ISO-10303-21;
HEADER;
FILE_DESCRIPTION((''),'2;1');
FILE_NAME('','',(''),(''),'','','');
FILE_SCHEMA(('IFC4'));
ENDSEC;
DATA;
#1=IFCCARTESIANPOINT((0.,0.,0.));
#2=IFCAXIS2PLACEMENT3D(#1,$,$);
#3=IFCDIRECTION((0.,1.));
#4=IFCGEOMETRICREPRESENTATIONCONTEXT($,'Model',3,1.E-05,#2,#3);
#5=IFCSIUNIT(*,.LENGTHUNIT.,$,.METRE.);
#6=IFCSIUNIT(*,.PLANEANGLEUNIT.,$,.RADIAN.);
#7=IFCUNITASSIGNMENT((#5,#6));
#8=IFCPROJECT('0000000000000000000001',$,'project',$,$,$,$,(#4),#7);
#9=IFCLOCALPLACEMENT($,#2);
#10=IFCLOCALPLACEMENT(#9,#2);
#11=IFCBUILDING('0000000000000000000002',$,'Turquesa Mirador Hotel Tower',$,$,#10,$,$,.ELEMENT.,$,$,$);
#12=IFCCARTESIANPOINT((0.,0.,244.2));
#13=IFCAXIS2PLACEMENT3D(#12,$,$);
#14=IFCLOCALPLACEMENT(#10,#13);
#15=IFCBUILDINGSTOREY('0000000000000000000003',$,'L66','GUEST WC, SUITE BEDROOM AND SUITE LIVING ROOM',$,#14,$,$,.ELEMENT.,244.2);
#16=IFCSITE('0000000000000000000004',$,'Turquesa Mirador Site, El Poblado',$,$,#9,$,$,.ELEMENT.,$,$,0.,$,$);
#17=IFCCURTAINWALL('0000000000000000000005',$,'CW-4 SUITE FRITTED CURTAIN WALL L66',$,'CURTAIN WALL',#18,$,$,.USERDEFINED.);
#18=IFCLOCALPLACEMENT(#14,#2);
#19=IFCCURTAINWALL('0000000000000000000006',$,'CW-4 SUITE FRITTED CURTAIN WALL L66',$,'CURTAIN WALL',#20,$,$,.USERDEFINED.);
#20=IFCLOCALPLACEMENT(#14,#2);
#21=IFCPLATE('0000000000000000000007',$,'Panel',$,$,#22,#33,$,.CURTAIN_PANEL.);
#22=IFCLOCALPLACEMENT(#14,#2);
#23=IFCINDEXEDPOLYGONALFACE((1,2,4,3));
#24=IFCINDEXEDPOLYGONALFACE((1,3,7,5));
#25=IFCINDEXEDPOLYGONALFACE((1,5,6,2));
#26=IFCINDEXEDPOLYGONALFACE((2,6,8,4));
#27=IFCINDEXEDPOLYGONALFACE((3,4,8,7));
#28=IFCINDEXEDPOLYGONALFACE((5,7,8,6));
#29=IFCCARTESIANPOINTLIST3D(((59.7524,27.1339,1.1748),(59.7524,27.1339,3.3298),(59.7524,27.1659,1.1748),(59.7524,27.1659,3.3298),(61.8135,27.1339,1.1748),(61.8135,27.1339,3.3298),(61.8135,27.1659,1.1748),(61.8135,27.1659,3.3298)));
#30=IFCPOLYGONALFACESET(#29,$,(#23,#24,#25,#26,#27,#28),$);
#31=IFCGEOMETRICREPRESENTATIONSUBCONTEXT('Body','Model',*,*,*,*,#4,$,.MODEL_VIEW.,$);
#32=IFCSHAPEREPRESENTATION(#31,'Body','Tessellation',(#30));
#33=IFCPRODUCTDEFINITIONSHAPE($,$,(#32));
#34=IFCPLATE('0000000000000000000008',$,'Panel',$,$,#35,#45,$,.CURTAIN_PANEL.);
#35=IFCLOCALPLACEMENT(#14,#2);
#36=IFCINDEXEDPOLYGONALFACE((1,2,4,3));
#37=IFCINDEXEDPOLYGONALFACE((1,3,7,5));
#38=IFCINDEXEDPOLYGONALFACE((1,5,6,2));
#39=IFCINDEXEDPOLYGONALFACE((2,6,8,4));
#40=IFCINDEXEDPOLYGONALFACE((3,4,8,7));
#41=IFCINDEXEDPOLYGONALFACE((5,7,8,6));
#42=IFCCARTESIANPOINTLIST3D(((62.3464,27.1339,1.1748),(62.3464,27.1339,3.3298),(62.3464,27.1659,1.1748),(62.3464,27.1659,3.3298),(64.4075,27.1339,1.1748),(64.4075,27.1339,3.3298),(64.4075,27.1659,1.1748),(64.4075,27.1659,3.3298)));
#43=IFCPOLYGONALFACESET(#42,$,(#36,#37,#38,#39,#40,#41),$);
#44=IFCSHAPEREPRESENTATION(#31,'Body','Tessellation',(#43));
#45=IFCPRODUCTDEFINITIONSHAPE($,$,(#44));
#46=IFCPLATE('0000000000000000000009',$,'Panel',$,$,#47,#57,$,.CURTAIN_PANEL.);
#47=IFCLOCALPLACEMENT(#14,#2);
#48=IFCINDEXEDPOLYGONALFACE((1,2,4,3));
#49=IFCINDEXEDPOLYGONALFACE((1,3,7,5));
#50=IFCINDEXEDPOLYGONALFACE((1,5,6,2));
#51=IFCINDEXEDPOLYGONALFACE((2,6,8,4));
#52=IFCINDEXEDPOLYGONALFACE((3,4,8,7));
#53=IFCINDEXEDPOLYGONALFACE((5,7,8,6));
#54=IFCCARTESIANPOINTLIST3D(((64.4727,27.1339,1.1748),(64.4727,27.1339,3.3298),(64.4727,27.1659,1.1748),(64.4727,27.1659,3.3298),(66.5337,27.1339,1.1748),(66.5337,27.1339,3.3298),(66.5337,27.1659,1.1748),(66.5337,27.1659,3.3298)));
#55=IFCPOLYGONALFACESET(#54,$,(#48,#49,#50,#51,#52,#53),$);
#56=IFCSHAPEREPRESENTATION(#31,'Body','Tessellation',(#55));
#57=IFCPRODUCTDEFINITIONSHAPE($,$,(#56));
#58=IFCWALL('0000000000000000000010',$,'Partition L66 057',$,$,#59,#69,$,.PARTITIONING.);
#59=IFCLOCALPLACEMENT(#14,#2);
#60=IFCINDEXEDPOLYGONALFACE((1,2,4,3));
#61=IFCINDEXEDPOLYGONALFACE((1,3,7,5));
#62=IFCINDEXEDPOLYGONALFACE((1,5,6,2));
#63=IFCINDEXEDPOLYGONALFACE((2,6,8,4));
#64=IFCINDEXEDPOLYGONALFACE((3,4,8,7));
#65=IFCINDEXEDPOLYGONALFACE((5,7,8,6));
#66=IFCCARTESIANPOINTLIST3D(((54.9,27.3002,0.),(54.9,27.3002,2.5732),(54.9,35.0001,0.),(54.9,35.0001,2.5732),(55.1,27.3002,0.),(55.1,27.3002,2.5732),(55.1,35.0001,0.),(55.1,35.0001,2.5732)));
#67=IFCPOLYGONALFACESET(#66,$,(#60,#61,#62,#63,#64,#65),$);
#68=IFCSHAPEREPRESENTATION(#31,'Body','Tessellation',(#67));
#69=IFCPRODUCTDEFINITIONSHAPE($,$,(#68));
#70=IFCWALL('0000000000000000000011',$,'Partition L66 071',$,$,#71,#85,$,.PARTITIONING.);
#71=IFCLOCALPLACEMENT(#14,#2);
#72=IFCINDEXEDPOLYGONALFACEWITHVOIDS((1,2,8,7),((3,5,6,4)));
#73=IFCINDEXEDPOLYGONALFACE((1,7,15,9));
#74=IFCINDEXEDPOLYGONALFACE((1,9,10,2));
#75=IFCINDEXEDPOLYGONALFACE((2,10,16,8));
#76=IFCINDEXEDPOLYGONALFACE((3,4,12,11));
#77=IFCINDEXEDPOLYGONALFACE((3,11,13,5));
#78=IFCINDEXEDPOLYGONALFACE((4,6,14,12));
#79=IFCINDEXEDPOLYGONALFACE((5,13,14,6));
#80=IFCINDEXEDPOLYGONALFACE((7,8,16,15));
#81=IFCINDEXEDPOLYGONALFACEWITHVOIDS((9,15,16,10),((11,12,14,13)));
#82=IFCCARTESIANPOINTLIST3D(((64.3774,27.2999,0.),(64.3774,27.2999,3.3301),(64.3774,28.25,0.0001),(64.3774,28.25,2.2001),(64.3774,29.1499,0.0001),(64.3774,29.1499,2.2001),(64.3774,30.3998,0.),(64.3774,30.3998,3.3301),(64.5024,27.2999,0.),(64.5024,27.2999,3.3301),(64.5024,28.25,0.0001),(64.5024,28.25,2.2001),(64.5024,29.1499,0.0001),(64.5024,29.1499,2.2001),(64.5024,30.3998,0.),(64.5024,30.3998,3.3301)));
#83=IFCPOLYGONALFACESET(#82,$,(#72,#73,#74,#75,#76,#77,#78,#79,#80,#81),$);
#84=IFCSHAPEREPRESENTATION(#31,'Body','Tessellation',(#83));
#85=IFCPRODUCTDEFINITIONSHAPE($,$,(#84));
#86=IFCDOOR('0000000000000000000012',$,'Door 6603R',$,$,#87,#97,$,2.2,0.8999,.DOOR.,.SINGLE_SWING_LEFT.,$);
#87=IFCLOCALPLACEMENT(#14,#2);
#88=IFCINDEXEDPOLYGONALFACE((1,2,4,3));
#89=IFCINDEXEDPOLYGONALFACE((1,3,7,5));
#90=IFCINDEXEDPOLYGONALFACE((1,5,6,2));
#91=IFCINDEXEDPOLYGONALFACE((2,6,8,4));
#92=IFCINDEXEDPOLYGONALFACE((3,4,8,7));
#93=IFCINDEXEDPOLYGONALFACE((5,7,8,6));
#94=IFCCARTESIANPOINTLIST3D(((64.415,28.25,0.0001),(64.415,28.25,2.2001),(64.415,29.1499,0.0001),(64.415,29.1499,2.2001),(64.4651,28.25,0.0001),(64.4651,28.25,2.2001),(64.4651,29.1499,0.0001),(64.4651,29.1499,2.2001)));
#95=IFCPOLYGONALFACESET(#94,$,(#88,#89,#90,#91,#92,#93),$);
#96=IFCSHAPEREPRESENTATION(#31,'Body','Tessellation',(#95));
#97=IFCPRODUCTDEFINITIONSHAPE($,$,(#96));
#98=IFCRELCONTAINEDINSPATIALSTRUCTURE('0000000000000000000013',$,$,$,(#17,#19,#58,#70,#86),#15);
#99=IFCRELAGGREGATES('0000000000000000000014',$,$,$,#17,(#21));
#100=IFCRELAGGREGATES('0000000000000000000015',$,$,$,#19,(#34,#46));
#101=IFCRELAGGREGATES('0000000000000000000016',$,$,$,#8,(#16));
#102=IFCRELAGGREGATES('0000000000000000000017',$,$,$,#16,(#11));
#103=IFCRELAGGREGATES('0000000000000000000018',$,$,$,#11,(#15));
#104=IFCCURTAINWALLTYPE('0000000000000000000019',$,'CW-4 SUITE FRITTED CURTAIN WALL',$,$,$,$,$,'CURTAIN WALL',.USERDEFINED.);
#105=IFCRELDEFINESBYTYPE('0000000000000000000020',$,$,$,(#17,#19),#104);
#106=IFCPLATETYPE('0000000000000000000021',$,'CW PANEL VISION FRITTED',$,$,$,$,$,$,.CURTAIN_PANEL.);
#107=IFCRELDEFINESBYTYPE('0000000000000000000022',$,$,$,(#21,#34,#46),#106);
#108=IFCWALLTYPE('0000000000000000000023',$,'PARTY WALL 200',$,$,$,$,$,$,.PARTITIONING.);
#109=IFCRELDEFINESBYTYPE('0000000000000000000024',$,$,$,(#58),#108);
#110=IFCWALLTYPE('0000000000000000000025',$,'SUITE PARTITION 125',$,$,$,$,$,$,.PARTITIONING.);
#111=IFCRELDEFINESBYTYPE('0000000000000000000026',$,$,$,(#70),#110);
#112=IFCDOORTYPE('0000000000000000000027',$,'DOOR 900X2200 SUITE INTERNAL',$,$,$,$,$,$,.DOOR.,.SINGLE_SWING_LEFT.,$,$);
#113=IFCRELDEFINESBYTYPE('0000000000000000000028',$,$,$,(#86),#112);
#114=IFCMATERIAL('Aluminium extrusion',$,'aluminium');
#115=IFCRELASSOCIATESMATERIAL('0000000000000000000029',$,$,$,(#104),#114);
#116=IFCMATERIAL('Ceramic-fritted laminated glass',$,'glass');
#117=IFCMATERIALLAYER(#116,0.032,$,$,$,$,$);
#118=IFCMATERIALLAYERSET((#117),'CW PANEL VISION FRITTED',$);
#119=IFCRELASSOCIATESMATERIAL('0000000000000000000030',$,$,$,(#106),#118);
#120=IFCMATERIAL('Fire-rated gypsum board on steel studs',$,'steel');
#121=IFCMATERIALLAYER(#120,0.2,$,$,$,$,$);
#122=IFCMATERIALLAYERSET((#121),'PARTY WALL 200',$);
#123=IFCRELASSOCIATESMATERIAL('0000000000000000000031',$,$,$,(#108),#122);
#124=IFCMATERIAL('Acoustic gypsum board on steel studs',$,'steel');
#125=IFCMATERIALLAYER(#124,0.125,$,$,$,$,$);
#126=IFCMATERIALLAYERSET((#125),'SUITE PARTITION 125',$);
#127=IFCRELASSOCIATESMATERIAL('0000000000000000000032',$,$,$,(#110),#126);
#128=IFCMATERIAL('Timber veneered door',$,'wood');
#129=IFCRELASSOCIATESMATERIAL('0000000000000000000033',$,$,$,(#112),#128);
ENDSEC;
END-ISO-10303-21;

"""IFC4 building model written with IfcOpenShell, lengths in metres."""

from ifc_helpers import new_model, si_unit, direction, frame, frame_2d, origin, origin_2d, place, context, subcontext, project, spatial, rectangle, extrude, material, layer, layer_set, type_object, element, fill, aggregate, save


model = new_model("IFC4")

# Units and contexts
model_context = context("Model", 3, precision=1e-05, world=origin(), true_north=direction((0.0, 1.0)))
body_context = subcontext(model_context, "Body", "Model", "MODEL_VIEW")
ifc_project = project(units=[si_unit("LENGTHUNIT", "METRE"), si_unit("PLANEANGLEUNIT", "RADIAN")], contexts=[model_context])

# Site, building, storey
site_placement = place(None, origin())
site = spatial("IfcSite", under=ifc_project, at=site_placement, Name="Turquesa Mirador Site, El Poblado", CompositionType="ELEMENT", RefElevation=0.0)
building_placement = place(site_placement, origin())
building = spatial("IfcBuilding", under=site, at=building_placement, Name="Turquesa Mirador Hotel Tower", CompositionType="ELEMENT")
storey_placement = place(building_placement, frame((0.0, 0.0, 244.2)))
storey = spatial("IfcBuildingStorey", under=building, at=storey_placement, Name="L66", Description="GUEST WC, SUITE BEDROOM AND SUITE LIVING ROOM", CompositionType="ELEMENT", Elevation=244.2)

# Curtain walls
ifc_material_1 = material(Name="Aluminium extrusion", Category="aluminium")
curtain_wall_type = type_object("IfcCurtainWallType", Name="CW-4 SUITE FRITTED CURTAIN WALL", ElementType="CURTAIN WALL", PredefinedType="USERDEFINED", material=ifc_material_1)
curtain_wall_1_placement = place(storey_placement, origin())
curtain_wall_1 = element("IfcCurtainWall", 1, at=curtain_wall_1_placement, inside=storey, type_object=curtain_wall_type, Name="CW-4 SUITE FRITTED CURTAIN WALL L66", ObjectType="CURTAIN WALL", PredefinedType="USERDEFINED")
curtain_wall_2_placement = place(storey_placement, origin())
curtain_wall_2 = element("IfcCurtainWall", 2, at=curtain_wall_2_placement, inside=storey, type_object=curtain_wall_type, Name="CW-4 SUITE FRITTED CURTAIN WALL L66", ObjectType="CURTAIN WALL", PredefinedType="USERDEFINED")

# Plates
ifc_material_2 = material(Name="Ceramic-fritted laminated glass", Category="glass")
ifc_layer_1 = layer(ifc_material_2, 0.032)
ifc_layer_set_1 = layer_set([ifc_layer_1], Name="CW PANEL VISION FRITTED")
plate_type_1 = type_object("IfcPlateType", Name="CW PANEL VISION FRITTED", PredefinedType="CURTAIN_PANEL", material=ifc_layer_set_1)
plate_1_placement = place(storey_placement, frame((60.783, 27.1499, 1.1748), z_axis=(0.0, 0.0, 1.0), x_axis=(1.0, 0.0, 0.0)))
plate_1 = element("IfcPlate", 3, at=plate_1_placement, type_object=plate_type_1, Name="Panel", PredefinedType="CURTAIN_PANEL", context=body_context, shape_type="SweptSolid", body=[
    extrude(rectangle(XDim=2.061, YDim=0.032, at=origin_2d()), origin(), (0.0, 0.0, 1.0), 2.155),
])
aggregate(curtain_wall_1, [plate_1])
plate_2_placement = place(storey_placement, frame((63.377, 27.1499, 1.1748), z_axis=(0.0, 0.0, 1.0), x_axis=(1.0, 0.0, 0.0)))
plate_2 = element("IfcPlate", 4, at=plate_2_placement, type_object=plate_type_1, Name="Panel", PredefinedType="CURTAIN_PANEL", context=body_context, shape_type="SweptSolid", body=[
    extrude(rectangle(XDim=2.061, YDim=0.032, at=origin_2d()), origin(), (0.0, 0.0, 1.0), 2.155),
])
plate_3_placement = place(storey_placement, frame((65.5032, 27.1499, 1.1748), z_axis=(0.0, 0.0, 1.0), x_axis=(1.0, 0.0, 0.0)))
plate_3 = element("IfcPlate", 5, at=plate_3_placement, type_object=plate_type_1, Name="Panel", PredefinedType="CURTAIN_PANEL", context=body_context, shape_type="SweptSolid", body=[
    extrude(rectangle(XDim=2.061, YDim=0.032, at=origin_2d()), origin(), (0.0, 0.0, 1.0), 2.155),
])
aggregate(curtain_wall_2, [plate_2, plate_3])

# Wall
ifc_material_3 = material(Name="Fire-rated gypsum board on steel studs", Category="steel")
ifc_layer_2 = layer(ifc_material_3, 0.2)
ifc_layer_set_2 = layer_set([ifc_layer_2], Name="PARTY WALL 200")
wall_type_1 = type_object("IfcWallType", Name="PARTY WALL 200", PredefinedType="PARTITIONING", material=ifc_layer_set_2)
wall_1_placement = place(storey_placement, frame((55.0, 27.3, 0.0), z_axis=(0.0, 0.0, 1.0), x_axis=(0.0, 1.0, 0.0)))
element("IfcWall", 6, at=wall_1_placement, inside=storey, type_object=wall_type_1, Name="Partition L66 057", PredefinedType="PARTITIONING", context=body_context, shape_type="SweptSolid", body=[
    extrude(rectangle(XDim=7.7, YDim=0.2, at=frame_2d((3.8501, 0.0))), origin(), (0.0, 0.0, 1.0), 2.5732),
])

# Wall, opening, door
ifc_material_4 = material(Name="Acoustic gypsum board on steel studs", Category="steel")
ifc_layer_3 = layer(ifc_material_4, 0.125)
ifc_layer_set_3 = layer_set([ifc_layer_3], Name="SUITE PARTITION 125")
wall_type_2 = type_object("IfcWallType", Name="SUITE PARTITION 125", PredefinedType="PARTITIONING", material=ifc_layer_set_3)
wall_2_placement = place(storey_placement, frame((64.4399, 27.3, 0.0), z_axis=(0.0, 0.0, 1.0), x_axis=(0.0, 1.0, 0.0)))
wall_2 = element("IfcWall", 7, at=wall_2_placement, inside=storey, type_object=wall_type_2, Name="Partition L66 071", PredefinedType="PARTITIONING", context=body_context, shape_type="SweptSolid", body=[
    extrude(rectangle(XDim=3.0999, YDim=0.125, at=frame_2d((1.5498, 0.0))), origin(), (0.0, 0.0, 1.0), 3.3301),
])
opening_placement = place(wall_2_placement, frame((0.95, 0.0, 0.0)))
opening = element("IfcOpeningElement", 8, at=opening_placement, cuts=wall_2, PredefinedType="OPENING", context=body_context, shape_type="SweptSolid", body=[
    extrude(rectangle(XDim=0.8999, YDim=2.2, at=frame_2d((0.45, 1.1001))), frame((0.0, 0.0725, 0.0), z_axis=(0.0, -1.0, 0.0), x_axis=(1.0, 0.0, 0.0)), (0.0, 0.0, 1.0), 0.145),
])
ifc_material_5 = material(Name="Timber veneered door", Category="wood")
door_type = type_object("IfcDoorType", Name="DOOR 900X2200 SUITE INTERNAL", OperationType="SINGLE_SWING_LEFT", PredefinedType="DOOR", material=ifc_material_5)
door_placement = place(opening_placement, origin())
door = element("IfcDoor", 9, at=door_placement, inside=storey, type_object=door_type, Name="Door 6603R", OperationType="SINGLE_SWING_LEFT", OverallHeight=2.2, OverallWidth=0.8999, PredefinedType="DOOR", context=body_context, shape_type="SweptSolid", body=[
    extrude(rectangle(XDim=0.8999, YDim=2.2, at=frame_2d((0.45, 1.1001))), frame((0.0, 0.0249, 0.0), z_axis=(0.0, -1.0, 0.0), x_axis=(1.0, 0.0, 0.0)), (0.0, 0.0, 1.0), 0.05),
])
fill(opening, door)

save(model, "model.ifc")
